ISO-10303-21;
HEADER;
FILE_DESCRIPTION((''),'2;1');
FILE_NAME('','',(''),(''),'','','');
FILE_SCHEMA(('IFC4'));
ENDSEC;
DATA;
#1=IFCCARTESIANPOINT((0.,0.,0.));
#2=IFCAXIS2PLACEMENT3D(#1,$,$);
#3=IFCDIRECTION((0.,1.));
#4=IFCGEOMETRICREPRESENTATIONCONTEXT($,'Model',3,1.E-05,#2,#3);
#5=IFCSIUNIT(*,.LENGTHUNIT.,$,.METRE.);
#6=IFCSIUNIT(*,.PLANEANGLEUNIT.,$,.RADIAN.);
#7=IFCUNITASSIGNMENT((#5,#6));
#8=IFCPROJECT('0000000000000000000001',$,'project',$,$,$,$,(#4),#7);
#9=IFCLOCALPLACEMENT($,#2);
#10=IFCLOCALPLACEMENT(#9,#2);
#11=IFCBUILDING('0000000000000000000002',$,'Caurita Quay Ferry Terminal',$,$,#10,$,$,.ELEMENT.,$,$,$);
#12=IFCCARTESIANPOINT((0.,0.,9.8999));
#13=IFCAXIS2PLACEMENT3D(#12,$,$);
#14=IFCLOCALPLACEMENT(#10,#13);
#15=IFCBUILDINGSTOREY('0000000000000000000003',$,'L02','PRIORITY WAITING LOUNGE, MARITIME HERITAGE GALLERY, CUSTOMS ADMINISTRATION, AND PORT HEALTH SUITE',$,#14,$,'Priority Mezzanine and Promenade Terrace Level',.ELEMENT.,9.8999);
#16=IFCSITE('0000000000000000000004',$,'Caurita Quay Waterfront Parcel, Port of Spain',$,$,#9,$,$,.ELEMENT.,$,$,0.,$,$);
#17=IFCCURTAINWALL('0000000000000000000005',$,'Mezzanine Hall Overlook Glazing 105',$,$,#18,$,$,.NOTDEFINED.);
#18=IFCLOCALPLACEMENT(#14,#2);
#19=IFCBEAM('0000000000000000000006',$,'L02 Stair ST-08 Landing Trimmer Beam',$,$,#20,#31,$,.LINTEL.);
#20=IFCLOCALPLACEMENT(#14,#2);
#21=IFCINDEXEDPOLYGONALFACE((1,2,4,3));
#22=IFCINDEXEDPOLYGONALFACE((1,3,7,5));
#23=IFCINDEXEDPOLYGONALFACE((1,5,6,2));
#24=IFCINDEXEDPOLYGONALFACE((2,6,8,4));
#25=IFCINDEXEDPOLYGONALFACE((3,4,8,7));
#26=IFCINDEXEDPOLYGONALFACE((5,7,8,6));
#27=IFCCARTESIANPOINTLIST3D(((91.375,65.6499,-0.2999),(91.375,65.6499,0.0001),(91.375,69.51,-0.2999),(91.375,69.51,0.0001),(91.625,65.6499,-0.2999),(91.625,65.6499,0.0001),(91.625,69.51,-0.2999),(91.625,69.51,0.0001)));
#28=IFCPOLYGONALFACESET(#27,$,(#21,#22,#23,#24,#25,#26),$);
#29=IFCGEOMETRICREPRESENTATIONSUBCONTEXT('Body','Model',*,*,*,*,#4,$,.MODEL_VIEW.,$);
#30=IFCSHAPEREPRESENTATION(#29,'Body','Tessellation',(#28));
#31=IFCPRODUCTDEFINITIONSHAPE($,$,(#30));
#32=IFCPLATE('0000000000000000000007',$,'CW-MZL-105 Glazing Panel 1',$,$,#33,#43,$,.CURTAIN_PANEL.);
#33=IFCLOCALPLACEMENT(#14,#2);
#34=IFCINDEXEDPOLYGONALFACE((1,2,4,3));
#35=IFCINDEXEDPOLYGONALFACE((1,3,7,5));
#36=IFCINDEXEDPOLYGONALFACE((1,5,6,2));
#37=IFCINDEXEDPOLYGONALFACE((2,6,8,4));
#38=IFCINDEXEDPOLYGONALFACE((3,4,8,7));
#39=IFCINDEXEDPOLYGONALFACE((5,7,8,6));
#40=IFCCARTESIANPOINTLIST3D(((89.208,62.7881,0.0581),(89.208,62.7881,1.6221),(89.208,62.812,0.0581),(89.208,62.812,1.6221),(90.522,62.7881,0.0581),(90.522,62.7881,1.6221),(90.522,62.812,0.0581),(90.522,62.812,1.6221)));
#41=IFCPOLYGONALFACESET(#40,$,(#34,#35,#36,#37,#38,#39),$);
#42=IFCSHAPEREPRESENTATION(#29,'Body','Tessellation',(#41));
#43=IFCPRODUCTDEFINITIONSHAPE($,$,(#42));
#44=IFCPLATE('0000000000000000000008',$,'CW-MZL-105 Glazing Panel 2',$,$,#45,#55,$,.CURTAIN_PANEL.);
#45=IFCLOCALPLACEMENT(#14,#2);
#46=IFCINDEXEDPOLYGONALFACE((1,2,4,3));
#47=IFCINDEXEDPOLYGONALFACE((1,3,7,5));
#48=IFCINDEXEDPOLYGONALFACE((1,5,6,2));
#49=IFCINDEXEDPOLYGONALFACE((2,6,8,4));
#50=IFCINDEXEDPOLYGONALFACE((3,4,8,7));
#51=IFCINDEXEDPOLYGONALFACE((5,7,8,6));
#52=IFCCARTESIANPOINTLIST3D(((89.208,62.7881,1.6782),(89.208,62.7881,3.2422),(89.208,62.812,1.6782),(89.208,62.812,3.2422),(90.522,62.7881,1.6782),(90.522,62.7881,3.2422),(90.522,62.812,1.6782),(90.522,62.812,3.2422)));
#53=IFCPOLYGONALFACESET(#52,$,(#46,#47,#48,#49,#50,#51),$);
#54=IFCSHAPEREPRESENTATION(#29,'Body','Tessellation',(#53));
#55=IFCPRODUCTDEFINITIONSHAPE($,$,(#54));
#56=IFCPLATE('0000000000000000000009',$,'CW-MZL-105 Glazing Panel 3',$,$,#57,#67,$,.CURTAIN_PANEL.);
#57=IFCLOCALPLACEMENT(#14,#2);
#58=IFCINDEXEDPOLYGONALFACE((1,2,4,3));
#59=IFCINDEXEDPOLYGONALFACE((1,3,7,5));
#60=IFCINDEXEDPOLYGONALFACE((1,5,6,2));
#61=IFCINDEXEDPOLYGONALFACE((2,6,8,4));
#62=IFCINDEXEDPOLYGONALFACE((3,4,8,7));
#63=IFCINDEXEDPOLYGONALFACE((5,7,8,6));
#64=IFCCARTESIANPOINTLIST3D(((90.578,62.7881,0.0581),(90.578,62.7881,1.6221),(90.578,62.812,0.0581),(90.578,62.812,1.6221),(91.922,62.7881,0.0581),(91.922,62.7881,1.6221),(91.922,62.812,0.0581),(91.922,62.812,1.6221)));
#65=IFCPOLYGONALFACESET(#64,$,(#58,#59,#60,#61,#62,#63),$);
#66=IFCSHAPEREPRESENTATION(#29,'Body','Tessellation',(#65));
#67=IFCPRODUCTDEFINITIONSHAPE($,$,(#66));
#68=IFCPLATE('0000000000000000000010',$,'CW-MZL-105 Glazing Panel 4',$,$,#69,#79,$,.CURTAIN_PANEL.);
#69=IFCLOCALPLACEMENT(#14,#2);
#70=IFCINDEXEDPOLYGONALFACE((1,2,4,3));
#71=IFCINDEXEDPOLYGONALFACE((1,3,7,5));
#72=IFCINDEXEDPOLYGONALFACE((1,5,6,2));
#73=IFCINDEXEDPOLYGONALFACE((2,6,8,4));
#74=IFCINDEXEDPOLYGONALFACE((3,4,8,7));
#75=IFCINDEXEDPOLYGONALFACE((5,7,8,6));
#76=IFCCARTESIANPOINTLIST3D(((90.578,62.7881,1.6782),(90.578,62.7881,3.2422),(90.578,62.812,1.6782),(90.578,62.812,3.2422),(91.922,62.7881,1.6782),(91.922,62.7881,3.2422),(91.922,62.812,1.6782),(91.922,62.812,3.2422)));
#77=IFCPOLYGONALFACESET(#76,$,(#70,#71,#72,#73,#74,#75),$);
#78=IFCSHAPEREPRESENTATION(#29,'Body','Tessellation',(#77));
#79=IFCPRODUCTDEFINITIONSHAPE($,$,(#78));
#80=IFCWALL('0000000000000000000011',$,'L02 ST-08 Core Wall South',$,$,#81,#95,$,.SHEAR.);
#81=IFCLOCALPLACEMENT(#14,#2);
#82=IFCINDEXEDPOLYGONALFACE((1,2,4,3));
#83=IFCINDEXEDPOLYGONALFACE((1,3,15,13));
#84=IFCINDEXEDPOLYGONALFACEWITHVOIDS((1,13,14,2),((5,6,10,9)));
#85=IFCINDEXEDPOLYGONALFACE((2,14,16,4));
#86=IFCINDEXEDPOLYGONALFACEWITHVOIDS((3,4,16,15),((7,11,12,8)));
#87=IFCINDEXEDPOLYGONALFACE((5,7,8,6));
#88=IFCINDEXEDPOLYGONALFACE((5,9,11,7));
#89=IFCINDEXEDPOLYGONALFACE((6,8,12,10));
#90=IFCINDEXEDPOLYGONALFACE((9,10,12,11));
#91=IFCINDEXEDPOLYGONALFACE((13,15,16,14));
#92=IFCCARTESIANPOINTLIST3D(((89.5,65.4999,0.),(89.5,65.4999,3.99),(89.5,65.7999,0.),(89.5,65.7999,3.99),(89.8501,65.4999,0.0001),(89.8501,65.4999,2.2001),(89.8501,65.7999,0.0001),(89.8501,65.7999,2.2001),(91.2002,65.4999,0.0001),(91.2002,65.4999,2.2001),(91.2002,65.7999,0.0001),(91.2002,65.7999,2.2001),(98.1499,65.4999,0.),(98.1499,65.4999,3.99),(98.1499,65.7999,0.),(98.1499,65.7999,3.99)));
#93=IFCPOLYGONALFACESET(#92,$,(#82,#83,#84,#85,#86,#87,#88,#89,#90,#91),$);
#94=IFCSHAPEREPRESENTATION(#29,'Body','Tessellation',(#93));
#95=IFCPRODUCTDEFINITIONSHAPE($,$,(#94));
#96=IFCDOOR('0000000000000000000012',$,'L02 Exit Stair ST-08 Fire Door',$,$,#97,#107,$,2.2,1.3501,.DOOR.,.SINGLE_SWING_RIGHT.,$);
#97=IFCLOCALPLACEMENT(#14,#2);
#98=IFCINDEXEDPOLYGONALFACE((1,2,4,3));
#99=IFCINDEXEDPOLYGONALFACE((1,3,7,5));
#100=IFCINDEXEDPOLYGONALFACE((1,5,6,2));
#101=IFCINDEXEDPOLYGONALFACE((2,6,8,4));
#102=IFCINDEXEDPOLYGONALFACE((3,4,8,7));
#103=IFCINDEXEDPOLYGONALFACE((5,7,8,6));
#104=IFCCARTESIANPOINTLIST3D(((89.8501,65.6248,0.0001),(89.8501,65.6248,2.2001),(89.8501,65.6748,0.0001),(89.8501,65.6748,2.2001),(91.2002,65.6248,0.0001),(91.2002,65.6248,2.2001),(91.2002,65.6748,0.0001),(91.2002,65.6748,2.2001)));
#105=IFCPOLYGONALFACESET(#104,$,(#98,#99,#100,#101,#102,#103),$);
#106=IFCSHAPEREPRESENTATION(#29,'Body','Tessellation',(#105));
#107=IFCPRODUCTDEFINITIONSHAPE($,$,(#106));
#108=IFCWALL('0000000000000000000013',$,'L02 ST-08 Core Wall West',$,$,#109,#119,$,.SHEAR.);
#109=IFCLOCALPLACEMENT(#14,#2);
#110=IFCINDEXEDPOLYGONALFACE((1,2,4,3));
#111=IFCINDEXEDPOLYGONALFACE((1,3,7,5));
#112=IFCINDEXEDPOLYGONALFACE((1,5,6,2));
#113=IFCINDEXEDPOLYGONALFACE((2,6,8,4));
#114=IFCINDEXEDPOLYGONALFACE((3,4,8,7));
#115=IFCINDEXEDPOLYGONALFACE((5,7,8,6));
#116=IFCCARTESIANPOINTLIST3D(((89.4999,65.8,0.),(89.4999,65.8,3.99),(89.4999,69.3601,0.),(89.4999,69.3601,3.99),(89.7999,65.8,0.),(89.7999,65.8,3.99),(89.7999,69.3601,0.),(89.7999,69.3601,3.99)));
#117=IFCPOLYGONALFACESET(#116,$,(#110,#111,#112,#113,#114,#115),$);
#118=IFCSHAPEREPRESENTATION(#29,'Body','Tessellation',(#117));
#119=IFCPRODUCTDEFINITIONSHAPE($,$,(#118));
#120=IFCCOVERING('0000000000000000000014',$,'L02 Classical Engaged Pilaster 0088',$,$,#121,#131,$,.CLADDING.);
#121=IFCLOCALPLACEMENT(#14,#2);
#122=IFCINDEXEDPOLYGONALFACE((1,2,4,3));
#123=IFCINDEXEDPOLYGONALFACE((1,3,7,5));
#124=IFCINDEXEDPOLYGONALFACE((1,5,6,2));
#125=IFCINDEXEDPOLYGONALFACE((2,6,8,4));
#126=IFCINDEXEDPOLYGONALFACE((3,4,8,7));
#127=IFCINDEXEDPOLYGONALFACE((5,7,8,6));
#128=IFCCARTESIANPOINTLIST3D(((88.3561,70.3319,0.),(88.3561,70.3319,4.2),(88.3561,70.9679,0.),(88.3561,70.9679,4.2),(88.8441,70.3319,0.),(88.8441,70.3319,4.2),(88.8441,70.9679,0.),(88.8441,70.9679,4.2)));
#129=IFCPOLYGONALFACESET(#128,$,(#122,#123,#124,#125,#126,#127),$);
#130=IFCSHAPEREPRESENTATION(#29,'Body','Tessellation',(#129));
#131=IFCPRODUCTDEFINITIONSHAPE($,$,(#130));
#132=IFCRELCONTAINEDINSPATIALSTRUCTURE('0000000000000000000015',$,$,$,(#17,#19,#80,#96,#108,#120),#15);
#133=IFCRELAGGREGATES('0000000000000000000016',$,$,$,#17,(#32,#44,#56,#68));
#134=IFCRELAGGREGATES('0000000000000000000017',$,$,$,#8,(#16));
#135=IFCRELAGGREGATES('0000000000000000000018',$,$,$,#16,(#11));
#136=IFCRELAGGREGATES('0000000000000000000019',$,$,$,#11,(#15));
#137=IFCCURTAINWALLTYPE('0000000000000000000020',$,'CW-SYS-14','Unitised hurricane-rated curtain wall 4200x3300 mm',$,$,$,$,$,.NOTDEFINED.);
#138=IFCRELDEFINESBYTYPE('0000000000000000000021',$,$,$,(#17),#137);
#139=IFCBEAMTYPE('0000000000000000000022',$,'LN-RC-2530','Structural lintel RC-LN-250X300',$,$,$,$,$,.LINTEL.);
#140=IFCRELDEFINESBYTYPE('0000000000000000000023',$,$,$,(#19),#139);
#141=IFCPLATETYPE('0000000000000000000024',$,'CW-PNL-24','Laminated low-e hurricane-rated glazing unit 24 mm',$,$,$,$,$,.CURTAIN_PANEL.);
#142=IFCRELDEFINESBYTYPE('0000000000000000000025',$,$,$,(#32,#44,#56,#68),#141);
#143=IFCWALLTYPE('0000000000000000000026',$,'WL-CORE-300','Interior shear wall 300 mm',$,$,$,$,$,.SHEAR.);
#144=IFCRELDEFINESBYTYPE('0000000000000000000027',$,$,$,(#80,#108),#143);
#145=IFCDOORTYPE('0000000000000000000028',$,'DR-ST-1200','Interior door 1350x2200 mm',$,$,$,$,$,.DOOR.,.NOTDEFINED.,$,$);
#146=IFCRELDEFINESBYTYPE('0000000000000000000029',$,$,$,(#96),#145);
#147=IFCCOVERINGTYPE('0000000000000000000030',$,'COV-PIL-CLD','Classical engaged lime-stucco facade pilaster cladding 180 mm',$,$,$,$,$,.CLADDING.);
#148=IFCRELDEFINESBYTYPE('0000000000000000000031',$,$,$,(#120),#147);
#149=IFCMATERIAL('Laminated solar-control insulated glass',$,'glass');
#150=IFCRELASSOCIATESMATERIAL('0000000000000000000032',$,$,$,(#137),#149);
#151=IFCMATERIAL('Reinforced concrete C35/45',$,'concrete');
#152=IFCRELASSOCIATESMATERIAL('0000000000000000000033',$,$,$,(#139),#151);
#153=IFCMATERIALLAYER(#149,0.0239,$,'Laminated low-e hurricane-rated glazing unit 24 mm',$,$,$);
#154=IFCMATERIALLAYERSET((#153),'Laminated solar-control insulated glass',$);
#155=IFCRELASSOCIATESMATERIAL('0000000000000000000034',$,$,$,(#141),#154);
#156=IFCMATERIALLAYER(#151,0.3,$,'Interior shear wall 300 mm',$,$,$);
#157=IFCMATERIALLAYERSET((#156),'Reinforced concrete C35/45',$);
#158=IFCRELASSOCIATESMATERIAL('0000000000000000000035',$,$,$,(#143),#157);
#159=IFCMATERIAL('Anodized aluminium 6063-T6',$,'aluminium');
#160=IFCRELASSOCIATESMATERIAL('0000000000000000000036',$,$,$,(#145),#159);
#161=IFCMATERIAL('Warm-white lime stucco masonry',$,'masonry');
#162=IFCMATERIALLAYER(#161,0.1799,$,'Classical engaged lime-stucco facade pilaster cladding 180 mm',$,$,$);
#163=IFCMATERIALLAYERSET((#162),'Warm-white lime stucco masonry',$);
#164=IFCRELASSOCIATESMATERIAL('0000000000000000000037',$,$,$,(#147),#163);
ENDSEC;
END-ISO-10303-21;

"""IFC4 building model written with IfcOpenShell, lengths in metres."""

from ifc_helpers import new_model, si_unit, direction, frame, frame_2d, origin, origin_2d, place, context, subcontext, project, spatial, rectangle, extrude, material, layer, layer_set, material_profile, profile_set, type_object, element, fill, aggregate, save


model = new_model("IFC4")

# Units and contexts
model_context = context("Model", 3, precision=1e-05, world=origin(), true_north=direction((0.0, 1.0)))
body_context = subcontext(model_context, "Body", "Model", "MODEL_VIEW")
ifc_project = project(units=[si_unit("LENGTHUNIT", "METRE"), si_unit("PLANEANGLEUNIT", "RADIAN")], contexts=[model_context])

# Site, building, storey
site_placement = place(None, origin())
site = spatial("IfcSite", under=ifc_project, at=site_placement, Name="Caurita Quay Waterfront Parcel, Port of Spain", CompositionType="ELEMENT", RefElevation=0.0)
building_placement = place(site_placement, origin())
building = spatial("IfcBuilding", under=site, at=building_placement, Name="Caurita Quay Ferry Terminal", CompositionType="ELEMENT")
storey_placement = place(building_placement, frame((0.0, 0.0, 9.8999)))
storey = spatial("IfcBuildingStorey", under=building, at=storey_placement, Name="L02", Description="PRIORITY WAITING LOUNGE, MARITIME HERITAGE GALLERY, CUSTOMS ADMINISTRATION, AND PORT HEALTH SUITE", LongName="Priority Mezzanine and Promenade Terrace Level", CompositionType="ELEMENT", Elevation=9.8999)

# Curtain wall
ifc_material_1 = material(Name="Laminated solar-control insulated glass", Category="glass")
curtain_wall_type = type_object("IfcCurtainWallType", Name="CW-SYS-14", Description="Unitised hurricane-rated curtain wall 4200x3300 mm", PredefinedType="NOTDEFINED", material=ifc_material_1)
curtain_wall_placement = place(storey_placement, origin())
curtain_wall = element("IfcCurtainWall", 1, at=curtain_wall_placement, inside=storey, type_object=curtain_wall_type, Name="Mezzanine Hall Overlook Glazing 105", PredefinedType="NOTDEFINED")
ifc_material_2 = material(Name="Anodized aluminium 6063-T6", Category="aluminium")

# Beam
ifc_material_3 = material(Name="Reinforced concrete C35/45", Category="concrete")
ifc_material_profile_1 = material_profile(ifc_material_3, rectangle(XDim=0.25, YDim=0.3, at=origin_2d()), Name="RC-LN-250X300")
ifc_profile_set_1 = profile_set([ifc_material_profile_1], Name="Reinforced concrete C35/45")
beam_type_1 = type_object("IfcBeamType", Name="LN-RC-2530", Description="Structural lintel RC-LN-250X300", PredefinedType="LINTEL", material=ifc_profile_set_1)
beam_1_placement = place(storey_placement, frame((91.5, 65.6499, -0.1499), z_axis=(0.0, 1.0, 0.0), x_axis=(-1.0, 0.0, 0.0)))
element("IfcBeam", 2, at=beam_1_placement, inside=storey, type_object=beam_type_1, Name="L02 Stair ST-08 Landing Trimmer Beam", PredefinedType="LINTEL", context=body_context, shape_type="SweptSolid", body=[
    extrude(rectangle(XDim=0.25, YDim=0.3, at=origin_2d()), origin(), (0.0, 0.0, 1.0), 3.8601),
])

# Plates
ifc_layer_1 = layer(ifc_material_1, 0.0239, Name="Laminated low-e hurricane-rated glazing unit 24 mm")
ifc_layer_set_1 = layer_set([ifc_layer_1], Name="Laminated solar-control insulated glass")
plate_type = type_object("IfcPlateType", Name="CW-PNL-24", Description="Laminated low-e hurricane-rated glazing unit 24 mm", PredefinedType="CURTAIN_PANEL", material=ifc_layer_set_1)
plate_1_placement = place(storey_placement, frame((89.865, 62.8, 0.0581), z_axis=(0.0, 0.0, 1.0), x_axis=(1.0, 0.0, 0.0)))
plate_1 = element("IfcPlate", 3, at=plate_1_placement, type_object=plate_type, Name="CW-MZL-105 Glazing Panel 1", PredefinedType="CURTAIN_PANEL", context=body_context, shape_type="SweptSolid", body=[
    extrude(rectangle(XDim=1.314, YDim=0.0239, at=origin_2d()), origin(), (0.0, 0.0, 1.0), 1.564),
])
plate_2_placement = place(storey_placement, frame((89.865, 62.8, 1.6782), z_axis=(0.0, 0.0, 1.0), x_axis=(1.0, 0.0, 0.0)))
plate_2 = element("IfcPlate", 4, at=plate_2_placement, type_object=plate_type, Name="CW-MZL-105 Glazing Panel 2", PredefinedType="CURTAIN_PANEL", context=body_context, shape_type="SweptSolid", body=[
    extrude(rectangle(XDim=1.314, YDim=0.0239, at=origin_2d()), origin(), (0.0, 0.0, 1.0), 1.564),
])
plate_3_placement = place(storey_placement, frame((91.25, 62.8, 0.0581), z_axis=(0.0, 0.0, 1.0), x_axis=(1.0, 0.0, 0.0)))
plate_3 = element("IfcPlate", 5, at=plate_3_placement, type_object=plate_type, Name="CW-MZL-105 Glazing Panel 3", PredefinedType="CURTAIN_PANEL", context=body_context, shape_type="SweptSolid", body=[
    extrude(rectangle(XDim=1.344, YDim=0.0239, at=origin_2d()), origin(), (0.0, 0.0, 1.0), 1.564),
])
plate_4_placement = place(storey_placement, frame((91.25, 62.8, 1.6782), z_axis=(0.0, 0.0, 1.0), x_axis=(1.0, 0.0, 0.0)))
plate_4 = element("IfcPlate", 6, at=plate_4_placement, type_object=plate_type, Name="CW-MZL-105 Glazing Panel 4", PredefinedType="CURTAIN_PANEL", context=body_context, shape_type="SweptSolid", body=[
    extrude(rectangle(XDim=1.344, YDim=0.0239, at=origin_2d()), origin(), (0.0, 0.0, 1.0), 1.564),
])
aggregate(curtain_wall, [plate_1, plate_2, plate_3, plate_4])

# Wall, opening, door
ifc_layer_2 = layer(ifc_material_3, 0.3, Name="Interior shear wall 300 mm")
ifc_layer_set_2 = layer_set([ifc_layer_2], Name="Reinforced concrete C35/45")
wall_type = type_object("IfcWallType", Name="WL-CORE-300", Description="Interior shear wall 300 mm", PredefinedType="SHEAR", material=ifc_layer_set_2)
wall_1_placement = place(storey_placement, frame((89.5, 65.6499, 0.0), z_axis=(0.0, 0.0, 1.0), x_axis=(1.0, 0.0, 0.0)))
wall_1 = element("IfcWall", 7, at=wall_1_placement, inside=storey, type_object=wall_type, Name="L02 ST-08 Core Wall South", PredefinedType="SHEAR", context=body_context, shape_type="SweptSolid", body=[
    extrude(rectangle(XDim=8.6499, YDim=0.3, at=frame_2d((4.325, 0.0))), origin(), (0.0, 0.0, 1.0), 3.99),
])
opening_placement = place(wall_1_placement, frame((0.3501, 0.0, 0.0)))
opening = element("IfcOpeningElement", 8, at=opening_placement, cuts=wall_1, PredefinedType="OPENING", context=body_context, shape_type="SweptSolid", body=[
    extrude(rectangle(XDim=1.3501, YDim=2.2, at=frame_2d((0.675, 1.1001))), frame((0.0, 0.1599, 0.0), z_axis=(0.0, -1.0, 0.0), x_axis=(1.0, 0.0, 0.0)), (0.0, 0.0, 1.0), 0.3201),
])
door_type = type_object("IfcDoorType", Name="DR-ST-1200", Description="Interior door 1350x2200 mm", OperationType="NOTDEFINED", PredefinedType="DOOR", material=ifc_material_2)
door_placement = place(opening_placement, origin())
door = element("IfcDoor", 9, at=door_placement, inside=storey, type_object=door_type, Name="L02 Exit Stair ST-08 Fire Door", OperationType="SINGLE_SWING_RIGHT", OverallHeight=2.2, OverallWidth=1.3501, PredefinedType="DOOR", context=body_context, shape_type="SweptSolid", body=[
    extrude(rectangle(XDim=1.3501, YDim=2.2, at=frame_2d((0.675, 1.1001))), frame((0.0, 0.0249, 0.0), z_axis=(0.0, -1.0, 0.0), x_axis=(1.0, 0.0, 0.0)), (0.0, 0.0, 1.0), 0.05),
])
fill(opening, door)

# Wall
wall_2_placement = place(storey_placement, frame((89.6499, 69.3601, 0.0), z_axis=(0.0, 0.0, 1.0), x_axis=(0.0, -1.0, 0.0)))
element("IfcWall", 10, at=wall_2_placement, inside=storey, type_object=wall_type, Name="L02 ST-08 Core Wall West", PredefinedType="SHEAR", context=body_context, shape_type="SweptSolid", body=[
    extrude(rectangle(XDim=3.5601, YDim=0.3, at=frame_2d((1.78, 0.0))), origin(), (0.0, 0.0, 1.0), 3.99),
])

# Covering
ifc_material_4 = material(Name="Warm-white lime stucco masonry", Category="masonry")
ifc_layer_3 = layer(ifc_material_4, 0.1799, Name="Classical engaged lime-stucco facade pilaster cladding 180 mm")
ifc_layer_set_3 = layer_set([ifc_layer_3], Name="Warm-white lime stucco masonry")
covering_type = type_object("IfcCoveringType", Name="COV-PIL-CLD", Description="Classical engaged lime-stucco facade pilaster cladding 180 mm", PredefinedType="CLADDING", material=ifc_layer_set_3)
covering_placement = place(storey_placement, frame((88.6001, 70.6499, 0.0), z_axis=(0.0, 0.0, 1.0), x_axis=(1.0, 0.0, 0.0)))
element("IfcCovering", 11, at=covering_placement, inside=storey, type_object=covering_type, Name="L02 Classical Engaged Pilaster 0088", PredefinedType="CLADDING", context=body_context, shape_type="SweptSolid", body=[
    extrude(rectangle(XDim=0.488, YDim=0.636, at=origin_2d()), origin(), (0.0, 0.0, 1.0), 4.2),
])

save(model, "model.ifc")
